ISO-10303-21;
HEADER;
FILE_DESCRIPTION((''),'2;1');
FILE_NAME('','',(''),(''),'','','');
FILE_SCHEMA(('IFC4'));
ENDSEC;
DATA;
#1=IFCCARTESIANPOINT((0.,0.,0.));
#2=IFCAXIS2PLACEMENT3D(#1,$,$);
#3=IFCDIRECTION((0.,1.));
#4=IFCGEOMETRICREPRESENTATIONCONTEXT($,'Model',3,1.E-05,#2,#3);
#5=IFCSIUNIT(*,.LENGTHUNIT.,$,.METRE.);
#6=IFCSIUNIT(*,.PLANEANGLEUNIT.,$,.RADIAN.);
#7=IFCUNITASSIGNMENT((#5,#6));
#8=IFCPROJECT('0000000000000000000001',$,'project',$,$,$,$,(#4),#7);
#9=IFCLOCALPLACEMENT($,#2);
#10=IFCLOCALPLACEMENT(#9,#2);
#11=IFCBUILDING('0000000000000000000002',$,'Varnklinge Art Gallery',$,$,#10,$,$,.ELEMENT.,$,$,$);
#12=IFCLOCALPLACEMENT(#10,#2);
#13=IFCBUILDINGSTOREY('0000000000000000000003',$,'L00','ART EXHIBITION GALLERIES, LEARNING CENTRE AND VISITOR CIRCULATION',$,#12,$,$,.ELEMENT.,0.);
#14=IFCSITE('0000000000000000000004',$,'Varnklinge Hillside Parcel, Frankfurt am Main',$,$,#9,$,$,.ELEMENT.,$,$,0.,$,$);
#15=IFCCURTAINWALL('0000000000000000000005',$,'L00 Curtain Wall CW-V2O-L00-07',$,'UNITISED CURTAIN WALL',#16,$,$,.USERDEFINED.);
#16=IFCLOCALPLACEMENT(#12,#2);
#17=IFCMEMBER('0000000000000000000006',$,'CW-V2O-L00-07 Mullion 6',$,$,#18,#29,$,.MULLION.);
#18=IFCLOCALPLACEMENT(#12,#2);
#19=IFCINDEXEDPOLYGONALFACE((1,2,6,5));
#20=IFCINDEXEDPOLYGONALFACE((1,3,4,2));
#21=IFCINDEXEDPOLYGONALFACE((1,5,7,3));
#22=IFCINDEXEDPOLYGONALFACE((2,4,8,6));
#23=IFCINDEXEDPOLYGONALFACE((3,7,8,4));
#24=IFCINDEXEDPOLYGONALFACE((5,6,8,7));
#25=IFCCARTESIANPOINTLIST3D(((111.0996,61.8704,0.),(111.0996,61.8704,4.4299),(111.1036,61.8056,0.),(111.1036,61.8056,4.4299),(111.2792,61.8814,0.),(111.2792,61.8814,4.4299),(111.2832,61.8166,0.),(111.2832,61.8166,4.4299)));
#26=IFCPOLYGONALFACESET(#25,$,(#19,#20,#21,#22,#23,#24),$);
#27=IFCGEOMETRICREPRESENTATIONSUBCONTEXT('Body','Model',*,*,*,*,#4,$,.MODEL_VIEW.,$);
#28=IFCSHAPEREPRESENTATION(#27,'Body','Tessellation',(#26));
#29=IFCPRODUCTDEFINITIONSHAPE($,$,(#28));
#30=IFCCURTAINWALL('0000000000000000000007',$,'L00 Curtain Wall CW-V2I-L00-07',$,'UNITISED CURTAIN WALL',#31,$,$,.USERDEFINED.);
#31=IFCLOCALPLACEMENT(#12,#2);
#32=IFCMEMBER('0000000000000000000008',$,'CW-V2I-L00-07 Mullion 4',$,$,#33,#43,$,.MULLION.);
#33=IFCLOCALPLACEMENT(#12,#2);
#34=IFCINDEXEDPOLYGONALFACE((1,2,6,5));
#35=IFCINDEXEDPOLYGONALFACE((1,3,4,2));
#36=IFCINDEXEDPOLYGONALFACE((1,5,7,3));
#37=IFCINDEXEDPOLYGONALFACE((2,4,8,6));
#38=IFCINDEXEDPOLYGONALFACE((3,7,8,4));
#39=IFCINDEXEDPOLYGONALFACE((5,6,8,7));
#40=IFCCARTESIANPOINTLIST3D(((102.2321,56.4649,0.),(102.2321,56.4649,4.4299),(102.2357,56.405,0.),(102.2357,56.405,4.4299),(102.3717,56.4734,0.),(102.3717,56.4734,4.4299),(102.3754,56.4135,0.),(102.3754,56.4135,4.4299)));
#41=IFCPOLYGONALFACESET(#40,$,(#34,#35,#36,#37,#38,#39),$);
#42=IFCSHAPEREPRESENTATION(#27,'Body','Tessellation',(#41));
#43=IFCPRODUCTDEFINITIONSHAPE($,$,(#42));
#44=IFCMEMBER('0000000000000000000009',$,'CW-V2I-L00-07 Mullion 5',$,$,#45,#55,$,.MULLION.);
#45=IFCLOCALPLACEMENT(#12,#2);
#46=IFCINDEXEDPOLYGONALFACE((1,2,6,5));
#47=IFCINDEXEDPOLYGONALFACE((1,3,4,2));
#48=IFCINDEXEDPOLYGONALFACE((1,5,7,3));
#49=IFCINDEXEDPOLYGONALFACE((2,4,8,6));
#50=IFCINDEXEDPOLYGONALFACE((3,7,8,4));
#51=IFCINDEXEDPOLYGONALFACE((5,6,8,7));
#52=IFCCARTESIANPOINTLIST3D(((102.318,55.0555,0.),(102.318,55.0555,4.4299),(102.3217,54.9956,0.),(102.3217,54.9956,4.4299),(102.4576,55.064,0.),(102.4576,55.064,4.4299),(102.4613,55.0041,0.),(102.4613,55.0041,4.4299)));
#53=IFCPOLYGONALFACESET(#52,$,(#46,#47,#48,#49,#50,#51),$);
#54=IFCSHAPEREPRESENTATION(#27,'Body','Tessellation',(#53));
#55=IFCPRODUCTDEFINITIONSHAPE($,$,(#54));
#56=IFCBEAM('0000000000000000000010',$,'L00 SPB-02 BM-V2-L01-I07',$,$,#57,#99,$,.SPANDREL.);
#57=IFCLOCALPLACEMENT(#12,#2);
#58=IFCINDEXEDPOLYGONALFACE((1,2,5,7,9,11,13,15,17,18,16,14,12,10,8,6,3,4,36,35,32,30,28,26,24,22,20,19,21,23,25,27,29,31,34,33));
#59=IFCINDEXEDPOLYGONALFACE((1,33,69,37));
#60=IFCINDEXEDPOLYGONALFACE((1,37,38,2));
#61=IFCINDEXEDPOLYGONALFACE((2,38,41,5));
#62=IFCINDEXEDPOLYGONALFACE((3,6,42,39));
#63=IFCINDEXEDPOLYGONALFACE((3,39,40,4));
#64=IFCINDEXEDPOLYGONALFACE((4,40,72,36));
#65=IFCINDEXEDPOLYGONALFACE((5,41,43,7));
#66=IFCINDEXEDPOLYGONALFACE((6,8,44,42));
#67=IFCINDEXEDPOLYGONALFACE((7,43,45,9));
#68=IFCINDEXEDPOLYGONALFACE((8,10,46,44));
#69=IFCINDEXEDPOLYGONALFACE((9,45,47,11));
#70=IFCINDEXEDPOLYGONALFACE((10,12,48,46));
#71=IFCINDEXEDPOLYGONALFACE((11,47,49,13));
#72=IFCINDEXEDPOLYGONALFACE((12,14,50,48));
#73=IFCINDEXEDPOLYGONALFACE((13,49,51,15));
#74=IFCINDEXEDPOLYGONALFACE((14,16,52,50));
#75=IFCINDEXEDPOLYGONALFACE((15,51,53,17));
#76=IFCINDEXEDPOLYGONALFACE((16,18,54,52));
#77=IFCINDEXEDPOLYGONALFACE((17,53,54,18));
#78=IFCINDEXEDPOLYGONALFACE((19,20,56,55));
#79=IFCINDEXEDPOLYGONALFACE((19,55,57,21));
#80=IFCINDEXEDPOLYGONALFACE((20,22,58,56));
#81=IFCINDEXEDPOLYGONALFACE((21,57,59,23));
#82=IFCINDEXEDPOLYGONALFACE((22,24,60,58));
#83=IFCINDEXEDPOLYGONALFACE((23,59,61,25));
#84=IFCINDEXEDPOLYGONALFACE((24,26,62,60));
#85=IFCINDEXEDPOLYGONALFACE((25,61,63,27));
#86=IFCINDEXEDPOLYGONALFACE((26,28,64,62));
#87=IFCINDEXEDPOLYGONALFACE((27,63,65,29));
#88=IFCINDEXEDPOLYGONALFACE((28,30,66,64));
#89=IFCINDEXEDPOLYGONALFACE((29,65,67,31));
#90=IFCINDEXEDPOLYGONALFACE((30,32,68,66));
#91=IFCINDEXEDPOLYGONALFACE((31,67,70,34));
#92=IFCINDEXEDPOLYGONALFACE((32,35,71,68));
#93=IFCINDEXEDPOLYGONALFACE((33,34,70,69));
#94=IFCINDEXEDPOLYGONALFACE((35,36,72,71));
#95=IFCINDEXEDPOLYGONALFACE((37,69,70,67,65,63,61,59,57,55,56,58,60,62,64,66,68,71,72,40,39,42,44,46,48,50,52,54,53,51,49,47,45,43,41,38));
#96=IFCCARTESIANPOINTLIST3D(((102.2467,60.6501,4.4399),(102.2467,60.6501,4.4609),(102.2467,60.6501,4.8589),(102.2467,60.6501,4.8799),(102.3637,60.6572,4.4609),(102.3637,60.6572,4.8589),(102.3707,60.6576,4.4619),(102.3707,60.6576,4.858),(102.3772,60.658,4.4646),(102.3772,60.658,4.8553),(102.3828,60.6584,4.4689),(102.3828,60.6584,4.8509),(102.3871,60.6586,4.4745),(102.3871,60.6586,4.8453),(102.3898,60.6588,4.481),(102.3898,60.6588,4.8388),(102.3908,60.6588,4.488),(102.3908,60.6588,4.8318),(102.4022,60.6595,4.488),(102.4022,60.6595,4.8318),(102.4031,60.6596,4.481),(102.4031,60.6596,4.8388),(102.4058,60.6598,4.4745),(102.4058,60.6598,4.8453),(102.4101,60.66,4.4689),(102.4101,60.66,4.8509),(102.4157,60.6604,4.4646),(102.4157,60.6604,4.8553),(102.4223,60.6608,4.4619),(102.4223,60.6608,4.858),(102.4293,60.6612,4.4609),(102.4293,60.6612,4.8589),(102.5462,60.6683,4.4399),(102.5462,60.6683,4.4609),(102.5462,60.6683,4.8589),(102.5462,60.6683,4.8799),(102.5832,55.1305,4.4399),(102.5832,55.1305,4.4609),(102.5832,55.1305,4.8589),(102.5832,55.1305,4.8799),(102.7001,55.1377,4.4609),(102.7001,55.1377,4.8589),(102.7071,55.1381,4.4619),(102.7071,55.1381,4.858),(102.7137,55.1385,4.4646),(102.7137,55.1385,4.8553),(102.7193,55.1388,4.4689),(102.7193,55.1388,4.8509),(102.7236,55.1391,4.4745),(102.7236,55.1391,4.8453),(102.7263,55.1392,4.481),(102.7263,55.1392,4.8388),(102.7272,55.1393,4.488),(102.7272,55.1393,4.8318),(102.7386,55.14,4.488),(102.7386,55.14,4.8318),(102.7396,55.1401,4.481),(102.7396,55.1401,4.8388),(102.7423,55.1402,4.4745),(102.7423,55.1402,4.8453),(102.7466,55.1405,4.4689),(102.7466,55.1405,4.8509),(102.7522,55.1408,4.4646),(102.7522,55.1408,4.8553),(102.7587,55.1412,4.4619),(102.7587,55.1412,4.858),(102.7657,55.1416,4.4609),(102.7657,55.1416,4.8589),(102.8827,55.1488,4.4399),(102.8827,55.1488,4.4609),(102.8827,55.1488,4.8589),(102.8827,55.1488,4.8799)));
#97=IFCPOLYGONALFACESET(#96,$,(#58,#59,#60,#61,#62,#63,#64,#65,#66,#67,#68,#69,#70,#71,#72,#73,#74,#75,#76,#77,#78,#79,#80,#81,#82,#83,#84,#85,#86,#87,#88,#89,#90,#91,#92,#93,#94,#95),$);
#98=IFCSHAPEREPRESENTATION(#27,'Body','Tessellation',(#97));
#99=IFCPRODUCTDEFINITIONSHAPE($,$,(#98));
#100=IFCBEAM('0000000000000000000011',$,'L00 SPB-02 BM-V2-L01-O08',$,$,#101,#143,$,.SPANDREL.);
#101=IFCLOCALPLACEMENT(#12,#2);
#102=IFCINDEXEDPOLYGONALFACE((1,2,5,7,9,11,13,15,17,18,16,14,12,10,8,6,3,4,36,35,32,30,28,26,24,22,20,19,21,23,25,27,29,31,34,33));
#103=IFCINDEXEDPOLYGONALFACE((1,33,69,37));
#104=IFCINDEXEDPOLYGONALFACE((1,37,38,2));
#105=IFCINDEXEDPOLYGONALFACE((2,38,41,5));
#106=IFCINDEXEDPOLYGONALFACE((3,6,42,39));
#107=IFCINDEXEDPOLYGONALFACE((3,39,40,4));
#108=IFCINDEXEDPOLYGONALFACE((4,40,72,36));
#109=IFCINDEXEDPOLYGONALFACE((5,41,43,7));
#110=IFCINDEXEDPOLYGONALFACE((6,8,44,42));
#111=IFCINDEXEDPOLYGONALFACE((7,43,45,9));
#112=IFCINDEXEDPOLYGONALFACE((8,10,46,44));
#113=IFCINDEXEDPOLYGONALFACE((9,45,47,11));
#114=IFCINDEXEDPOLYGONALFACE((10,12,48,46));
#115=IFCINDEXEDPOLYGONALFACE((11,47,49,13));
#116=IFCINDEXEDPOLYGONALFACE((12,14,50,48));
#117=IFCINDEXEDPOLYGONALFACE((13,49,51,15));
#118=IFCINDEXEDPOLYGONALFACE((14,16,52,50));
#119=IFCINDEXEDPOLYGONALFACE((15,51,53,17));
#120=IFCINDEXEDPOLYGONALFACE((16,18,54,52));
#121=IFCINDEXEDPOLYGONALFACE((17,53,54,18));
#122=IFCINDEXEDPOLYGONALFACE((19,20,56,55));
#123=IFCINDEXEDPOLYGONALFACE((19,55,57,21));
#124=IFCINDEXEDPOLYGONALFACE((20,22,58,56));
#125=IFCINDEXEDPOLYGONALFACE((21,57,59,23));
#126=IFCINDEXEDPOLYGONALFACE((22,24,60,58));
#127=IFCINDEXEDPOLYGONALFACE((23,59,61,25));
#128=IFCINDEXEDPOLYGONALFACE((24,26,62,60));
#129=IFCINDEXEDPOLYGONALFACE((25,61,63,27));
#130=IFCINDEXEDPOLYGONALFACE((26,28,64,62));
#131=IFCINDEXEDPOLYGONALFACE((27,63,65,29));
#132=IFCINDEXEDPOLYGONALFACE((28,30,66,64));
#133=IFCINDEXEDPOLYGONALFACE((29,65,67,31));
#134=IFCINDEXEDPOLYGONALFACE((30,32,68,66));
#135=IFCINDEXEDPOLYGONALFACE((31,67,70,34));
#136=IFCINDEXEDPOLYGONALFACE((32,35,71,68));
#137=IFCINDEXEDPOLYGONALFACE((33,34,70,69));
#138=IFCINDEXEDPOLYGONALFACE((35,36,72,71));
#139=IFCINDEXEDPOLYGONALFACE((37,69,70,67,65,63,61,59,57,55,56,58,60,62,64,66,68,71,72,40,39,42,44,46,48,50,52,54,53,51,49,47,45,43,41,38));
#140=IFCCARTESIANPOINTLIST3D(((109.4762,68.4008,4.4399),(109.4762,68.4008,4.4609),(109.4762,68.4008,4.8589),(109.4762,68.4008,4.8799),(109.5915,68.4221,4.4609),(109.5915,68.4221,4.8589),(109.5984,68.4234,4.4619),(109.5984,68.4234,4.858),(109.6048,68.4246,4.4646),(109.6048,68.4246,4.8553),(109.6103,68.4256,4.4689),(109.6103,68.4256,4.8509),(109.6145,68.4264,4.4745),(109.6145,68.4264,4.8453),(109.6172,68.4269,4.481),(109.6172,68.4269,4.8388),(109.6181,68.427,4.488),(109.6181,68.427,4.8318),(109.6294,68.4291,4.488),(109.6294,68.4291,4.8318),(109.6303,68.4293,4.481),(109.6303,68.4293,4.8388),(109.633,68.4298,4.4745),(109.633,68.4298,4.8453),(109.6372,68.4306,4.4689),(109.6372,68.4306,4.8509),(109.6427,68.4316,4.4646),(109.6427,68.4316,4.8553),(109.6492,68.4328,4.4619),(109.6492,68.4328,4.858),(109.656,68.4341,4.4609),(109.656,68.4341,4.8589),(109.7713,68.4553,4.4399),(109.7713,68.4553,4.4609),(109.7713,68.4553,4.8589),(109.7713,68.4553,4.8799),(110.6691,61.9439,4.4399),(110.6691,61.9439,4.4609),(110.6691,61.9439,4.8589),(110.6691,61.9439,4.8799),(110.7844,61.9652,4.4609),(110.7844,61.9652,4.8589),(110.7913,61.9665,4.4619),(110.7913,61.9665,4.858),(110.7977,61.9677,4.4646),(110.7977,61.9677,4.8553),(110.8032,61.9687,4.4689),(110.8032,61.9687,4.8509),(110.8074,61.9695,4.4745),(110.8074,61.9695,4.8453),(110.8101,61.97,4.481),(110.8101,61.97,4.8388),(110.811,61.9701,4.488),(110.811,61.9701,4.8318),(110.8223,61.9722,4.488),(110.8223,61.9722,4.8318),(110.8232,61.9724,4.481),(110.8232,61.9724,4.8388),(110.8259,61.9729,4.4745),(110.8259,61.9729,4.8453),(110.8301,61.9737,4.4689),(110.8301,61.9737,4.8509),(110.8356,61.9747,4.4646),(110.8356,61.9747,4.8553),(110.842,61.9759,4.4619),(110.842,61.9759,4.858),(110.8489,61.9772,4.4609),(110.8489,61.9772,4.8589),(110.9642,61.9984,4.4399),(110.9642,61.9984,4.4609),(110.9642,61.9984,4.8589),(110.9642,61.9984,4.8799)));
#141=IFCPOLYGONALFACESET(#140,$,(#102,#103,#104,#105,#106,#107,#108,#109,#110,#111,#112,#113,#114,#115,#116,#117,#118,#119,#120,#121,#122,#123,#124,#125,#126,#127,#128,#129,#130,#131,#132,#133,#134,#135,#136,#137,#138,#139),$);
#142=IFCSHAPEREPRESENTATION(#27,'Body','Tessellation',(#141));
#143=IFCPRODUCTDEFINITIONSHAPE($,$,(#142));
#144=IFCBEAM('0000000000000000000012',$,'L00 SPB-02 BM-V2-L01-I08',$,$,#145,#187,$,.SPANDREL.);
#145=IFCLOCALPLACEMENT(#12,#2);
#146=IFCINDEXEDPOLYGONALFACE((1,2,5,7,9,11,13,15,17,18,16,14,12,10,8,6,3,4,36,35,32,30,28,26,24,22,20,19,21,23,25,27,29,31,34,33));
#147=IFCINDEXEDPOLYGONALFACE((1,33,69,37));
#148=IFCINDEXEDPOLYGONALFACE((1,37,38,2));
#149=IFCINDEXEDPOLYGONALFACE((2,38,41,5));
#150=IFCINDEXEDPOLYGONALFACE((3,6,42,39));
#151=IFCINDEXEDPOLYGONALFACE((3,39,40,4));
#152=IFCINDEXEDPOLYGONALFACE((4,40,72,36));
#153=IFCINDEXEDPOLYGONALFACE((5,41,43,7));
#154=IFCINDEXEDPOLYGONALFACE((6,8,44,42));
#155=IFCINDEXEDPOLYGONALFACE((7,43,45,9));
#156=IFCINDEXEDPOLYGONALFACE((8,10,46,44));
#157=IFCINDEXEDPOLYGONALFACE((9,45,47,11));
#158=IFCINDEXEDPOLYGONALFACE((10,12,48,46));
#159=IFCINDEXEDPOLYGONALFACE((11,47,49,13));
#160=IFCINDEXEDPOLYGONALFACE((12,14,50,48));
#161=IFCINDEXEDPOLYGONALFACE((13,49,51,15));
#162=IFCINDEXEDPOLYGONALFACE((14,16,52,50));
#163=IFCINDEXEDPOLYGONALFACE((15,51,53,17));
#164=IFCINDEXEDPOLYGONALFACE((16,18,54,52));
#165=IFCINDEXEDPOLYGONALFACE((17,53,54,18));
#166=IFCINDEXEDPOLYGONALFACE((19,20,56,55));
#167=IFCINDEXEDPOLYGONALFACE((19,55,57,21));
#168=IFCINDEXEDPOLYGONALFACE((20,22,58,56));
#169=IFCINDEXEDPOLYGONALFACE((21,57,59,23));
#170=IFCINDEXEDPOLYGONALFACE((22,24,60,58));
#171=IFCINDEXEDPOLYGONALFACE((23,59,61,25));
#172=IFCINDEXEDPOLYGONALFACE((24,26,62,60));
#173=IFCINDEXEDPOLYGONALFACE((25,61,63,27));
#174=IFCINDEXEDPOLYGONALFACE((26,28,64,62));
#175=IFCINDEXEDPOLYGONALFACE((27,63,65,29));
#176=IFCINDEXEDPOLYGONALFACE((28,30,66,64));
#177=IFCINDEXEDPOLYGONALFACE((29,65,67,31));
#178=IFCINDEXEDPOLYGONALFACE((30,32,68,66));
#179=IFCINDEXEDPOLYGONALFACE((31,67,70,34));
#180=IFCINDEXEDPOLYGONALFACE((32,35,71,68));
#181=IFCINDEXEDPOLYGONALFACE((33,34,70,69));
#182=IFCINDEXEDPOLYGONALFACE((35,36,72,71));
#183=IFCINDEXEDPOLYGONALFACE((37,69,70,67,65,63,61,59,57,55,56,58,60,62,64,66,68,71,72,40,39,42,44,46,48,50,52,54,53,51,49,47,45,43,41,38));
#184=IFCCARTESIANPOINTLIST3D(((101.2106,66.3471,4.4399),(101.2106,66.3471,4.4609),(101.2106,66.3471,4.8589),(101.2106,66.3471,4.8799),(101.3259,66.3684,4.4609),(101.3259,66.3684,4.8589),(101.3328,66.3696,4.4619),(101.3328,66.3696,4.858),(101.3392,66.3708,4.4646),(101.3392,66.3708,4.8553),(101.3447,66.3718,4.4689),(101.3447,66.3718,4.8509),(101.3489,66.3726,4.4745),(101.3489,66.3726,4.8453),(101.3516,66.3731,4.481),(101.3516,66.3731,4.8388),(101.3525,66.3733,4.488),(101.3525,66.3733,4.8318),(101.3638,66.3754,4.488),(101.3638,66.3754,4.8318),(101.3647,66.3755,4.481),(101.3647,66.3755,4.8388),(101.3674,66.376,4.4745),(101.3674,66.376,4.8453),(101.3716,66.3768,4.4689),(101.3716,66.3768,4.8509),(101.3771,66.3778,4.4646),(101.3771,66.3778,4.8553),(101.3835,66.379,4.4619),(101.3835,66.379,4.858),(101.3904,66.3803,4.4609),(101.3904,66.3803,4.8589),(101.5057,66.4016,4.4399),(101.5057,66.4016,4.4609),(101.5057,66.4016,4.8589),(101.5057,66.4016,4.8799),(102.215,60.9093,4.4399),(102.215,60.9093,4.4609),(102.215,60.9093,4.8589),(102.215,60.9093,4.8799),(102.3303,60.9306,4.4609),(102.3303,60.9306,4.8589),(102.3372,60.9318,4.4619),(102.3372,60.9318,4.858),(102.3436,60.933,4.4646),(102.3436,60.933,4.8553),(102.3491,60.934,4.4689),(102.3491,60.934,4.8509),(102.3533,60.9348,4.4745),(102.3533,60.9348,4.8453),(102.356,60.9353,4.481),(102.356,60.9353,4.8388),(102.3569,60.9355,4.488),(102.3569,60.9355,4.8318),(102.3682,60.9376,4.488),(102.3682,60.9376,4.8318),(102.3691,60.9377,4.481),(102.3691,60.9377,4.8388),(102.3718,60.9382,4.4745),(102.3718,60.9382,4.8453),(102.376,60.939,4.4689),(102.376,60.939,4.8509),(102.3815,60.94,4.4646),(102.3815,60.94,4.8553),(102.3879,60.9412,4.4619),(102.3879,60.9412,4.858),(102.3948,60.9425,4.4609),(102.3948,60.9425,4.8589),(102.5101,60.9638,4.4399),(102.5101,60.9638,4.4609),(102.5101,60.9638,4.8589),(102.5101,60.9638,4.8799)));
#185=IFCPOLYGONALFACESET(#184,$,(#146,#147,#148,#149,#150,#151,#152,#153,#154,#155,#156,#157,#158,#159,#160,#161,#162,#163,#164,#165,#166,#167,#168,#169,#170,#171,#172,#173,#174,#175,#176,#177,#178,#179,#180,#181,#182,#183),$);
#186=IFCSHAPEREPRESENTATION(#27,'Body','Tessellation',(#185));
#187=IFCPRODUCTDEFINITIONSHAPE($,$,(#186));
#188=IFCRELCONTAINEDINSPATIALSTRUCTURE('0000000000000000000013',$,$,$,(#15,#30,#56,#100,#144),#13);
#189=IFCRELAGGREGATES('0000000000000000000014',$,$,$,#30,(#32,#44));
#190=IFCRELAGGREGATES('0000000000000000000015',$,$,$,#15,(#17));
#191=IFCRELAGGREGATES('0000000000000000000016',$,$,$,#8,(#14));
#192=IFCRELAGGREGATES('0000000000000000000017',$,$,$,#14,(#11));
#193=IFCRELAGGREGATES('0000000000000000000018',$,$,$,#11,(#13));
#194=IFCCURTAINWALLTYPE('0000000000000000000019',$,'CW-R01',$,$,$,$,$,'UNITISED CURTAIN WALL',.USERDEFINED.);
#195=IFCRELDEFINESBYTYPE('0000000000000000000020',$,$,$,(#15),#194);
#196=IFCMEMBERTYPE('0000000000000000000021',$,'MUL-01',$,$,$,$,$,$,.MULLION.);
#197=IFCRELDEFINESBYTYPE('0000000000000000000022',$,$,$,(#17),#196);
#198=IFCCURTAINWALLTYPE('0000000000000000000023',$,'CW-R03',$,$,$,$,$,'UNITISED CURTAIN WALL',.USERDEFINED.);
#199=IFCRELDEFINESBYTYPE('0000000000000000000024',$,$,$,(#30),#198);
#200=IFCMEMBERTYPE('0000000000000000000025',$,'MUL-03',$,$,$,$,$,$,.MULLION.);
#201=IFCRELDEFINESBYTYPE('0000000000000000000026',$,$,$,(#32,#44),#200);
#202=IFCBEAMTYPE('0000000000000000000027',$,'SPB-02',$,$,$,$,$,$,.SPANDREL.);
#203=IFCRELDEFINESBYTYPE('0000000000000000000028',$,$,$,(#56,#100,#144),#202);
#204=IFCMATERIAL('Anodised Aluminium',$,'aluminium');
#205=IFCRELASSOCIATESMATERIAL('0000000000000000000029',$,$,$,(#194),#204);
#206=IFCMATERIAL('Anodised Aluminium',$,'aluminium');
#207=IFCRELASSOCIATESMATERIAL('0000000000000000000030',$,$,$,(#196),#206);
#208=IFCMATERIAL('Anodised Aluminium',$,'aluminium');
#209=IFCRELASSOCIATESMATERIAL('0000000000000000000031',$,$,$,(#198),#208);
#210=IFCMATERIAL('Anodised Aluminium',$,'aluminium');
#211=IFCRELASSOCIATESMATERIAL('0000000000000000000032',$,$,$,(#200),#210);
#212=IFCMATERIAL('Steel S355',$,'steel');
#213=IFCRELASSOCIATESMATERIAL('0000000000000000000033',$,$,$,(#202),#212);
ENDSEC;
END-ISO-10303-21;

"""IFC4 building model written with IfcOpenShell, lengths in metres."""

from ifc_helpers import new_model, si_unit, direction, frame, origin, origin_2d, place, context, subcontext, project, spatial, rectangle, i_section, extrude, material, material_profile, profile_set, type_object, element, aggregate, save


model = new_model("IFC4")

# Units and contexts
model_context = context("Model", 3, precision=1e-05, world=origin(), true_north=direction((0.0, 1.0)))
body_context = subcontext(model_context, "Body", "Model", "MODEL_VIEW")
ifc_project = project(units=[si_unit("LENGTHUNIT", "METRE"), si_unit("PLANEANGLEUNIT", "RADIAN")], contexts=[model_context])

# Site, building, storey
site_placement = place(None, origin())
site = spatial("IfcSite", under=ifc_project, at=site_placement, Name="Varnklinge Hillside Parcel, Frankfurt am Main", CompositionType="ELEMENT", RefElevation=0.0)
building_placement = place(site_placement, origin())
building = spatial("IfcBuilding", under=site, at=building_placement, Name="Varnklinge Art Gallery", CompositionType="ELEMENT")
storey_placement = place(building_placement, origin())
storey = spatial("IfcBuildingStorey", under=building, at=storey_placement, Name="L00", Description="ART EXHIBITION GALLERIES, LEARNING CENTRE AND VISITOR CIRCULATION", CompositionType="ELEMENT", Elevation=0.0)

# Curtain wall, member
ifc_material_1 = material(Name="Anodised Aluminium", Category="aluminium")
curtain_wall_type_1 = type_object("IfcCurtainWallType", Name="CW-R01", ElementType="UNITISED CURTAIN WALL", PredefinedType="USERDEFINED", material=ifc_material_1)
curtain_wall_1_placement = place(storey_placement, origin())
curtain_wall_1 = element("IfcCurtainWall", 1, at=curtain_wall_1_placement, inside=storey, type_object=curtain_wall_type_1, Name="L00 Curtain Wall CW-V2O-L00-07", ObjectType="UNITISED CURTAIN WALL", PredefinedType="USERDEFINED")
ifc_material_2 = material(Name="Anodised Aluminium", Category="aluminium")
ifc_material_profile_1 = material_profile(ifc_material_2, rectangle(XDim=0.0649, YDim=0.1799, at=origin_2d()), Name="ALU 65x180")
ifc_profile_set_1 = profile_set([ifc_material_profile_1], Name="Anodised Aluminium")
member_type_1 = type_object("IfcMemberType", Name="MUL-01", PredefinedType="MULLION", material=ifc_profile_set_1)
member_1_placement = place(storey_placement, frame((111.1914, 61.8435, 0.0), z_axis=(0.0, 0.0, 1.0), x_axis=(-0.060874, 0.998145, 0.0)))
member_1 = element("IfcMember", 2, at=member_1_placement, type_object=member_type_1, Name="CW-V2O-L00-07 Mullion 6", PredefinedType="MULLION", context=body_context, shape_type="SweptSolid", body=[
    extrude(rectangle(XDim=0.0649, YDim=0.1799, at=origin_2d()), origin(), (0.0, 0.0, 1.0), 4.4299),
])

# Curtain wall, members
ifc_material_3 = material(Name="Anodised Aluminium", Category="aluminium")
curtain_wall_type_2 = type_object("IfcCurtainWallType", Name="CW-R03", ElementType="UNITISED CURTAIN WALL", PredefinedType="USERDEFINED", material=ifc_material_3)
curtain_wall_2_placement = place(storey_placement, origin())
curtain_wall_2 = element("IfcCurtainWall", 3, at=curtain_wall_2_placement, inside=storey, type_object=curtain_wall_type_2, Name="L00 Curtain Wall CW-V2I-L00-07", ObjectType="UNITISED CURTAIN WALL", PredefinedType="USERDEFINED")
ifc_material_4 = material(Name="Anodised Aluminium", Category="aluminium")
ifc_material_profile_2 = material_profile(ifc_material_4, rectangle(XDim=0.0601, YDim=0.1399, at=origin_2d()), Name="ALU 60x140")
ifc_profile_set_2 = profile_set([ifc_material_profile_2], Name="Anodised Aluminium")
member_type_2 = type_object("IfcMemberType", Name="MUL-03", PredefinedType="MULLION", material=ifc_profile_set_2)
member_2_placement = place(storey_placement, frame((102.3037, 56.4392, 0.0), z_axis=(0.0, 0.0, 1.0), x_axis=(0.060874, -0.998145, 0.0)))
member_2 = element("IfcMember", 4, at=member_2_placement, type_object=member_type_2, Name="CW-V2I-L00-07 Mullion 4", PredefinedType="MULLION", context=body_context, shape_type="SweptSolid", body=[
    extrude(rectangle(XDim=0.0601, YDim=0.1399, at=origin_2d()), origin(), (0.0, 0.0, 1.0), 4.4299),
])
member_3_placement = place(storey_placement, frame((102.3896, 55.0298, 0.0), z_axis=(0.0, 0.0, 1.0), x_axis=(0.060874, -0.998145, 0.0)))
member_3 = element("IfcMember", 5, at=member_3_placement, type_object=member_type_2, Name="CW-V2I-L00-07 Mullion 5", PredefinedType="MULLION", context=body_context, shape_type="SweptSolid", body=[
    extrude(rectangle(XDim=0.0601, YDim=0.1399, at=origin_2d()), origin(), (0.0, 0.0, 1.0), 4.4299),
])

# Beams
ifc_material_5 = material(Name="Steel S355", Category="steel")
ifc_material_profile_3 = material_profile(ifc_material_5, i_section(OverallWidth=0.3, OverallDepth=0.4399, WebThickness=0.0115, FlangeThickness=0.021, FilletRadius=0.0271, at=origin_2d()), Name="HEA 450")
ifc_profile_set_3 = profile_set([ifc_material_profile_3], Name="Steel S355")
beam_type_1 = type_object("IfcBeamType", Name="SPB-02", PredefinedType="SPANDREL", material=ifc_profile_set_3)
beam_1_placement = place(storey_placement, frame((102.7329, 55.1396, 4.6599), z_axis=(-0.060839, 0.998148, 0.0), x_axis=(-0.998148, -0.060839, 0.0)))
element("IfcBeam", 6, at=beam_1_placement, inside=storey, type_object=beam_type_1, Name="L00 SPB-02 BM-V2-L01-I07", PredefinedType="SPANDREL", context=body_context, shape_type="SweptSolid", body=[
    extrude(i_section(OverallWidth=0.3, OverallDepth=0.4399, WebThickness=0.0115, FlangeThickness=0.021, FilletRadius=0.0271, at=origin_2d()), origin(), (0.0, 0.0, 1.0), 5.5298),
])
beam_2_placement = place(storey_placement, frame((110.8167, 61.9712, 4.6599), z_axis=(-0.181672, 0.983359, 0.0), x_axis=(-0.983359, -0.181672, 0.0)))
element("IfcBeam", 7, at=beam_2_placement, inside=storey, type_object=beam_type_1, Name="L00 SPB-02 BM-V2-L01-O08", PredefinedType="SPANDREL", context=body_context, shape_type="SweptSolid", body=[
    extrude(i_section(OverallWidth=0.3, OverallDepth=0.4399, WebThickness=0.0115, FlangeThickness=0.021, FilletRadius=0.0271, at=origin_2d()), origin(), (0.0, 0.0, 1.0), 6.5662),
])
beam_3_placement = place(storey_placement, frame((102.3625, 60.9365, 4.6599), z_axis=(-0.181635, 0.983366, 0.0), x_axis=(-0.983366, -0.181635, 0.0)))
element("IfcBeam", 8, at=beam_3_placement, inside=storey, type_object=beam_type_1, Name="L00 SPB-02 BM-V2-L01-I08", PredefinedType="SPANDREL", context=body_context, shape_type="SweptSolid", body=[
    extrude(i_section(OverallWidth=0.3, OverallDepth=0.4399, WebThickness=0.0115, FlangeThickness=0.021, FilletRadius=0.0271, at=origin_2d()), origin(), (0.0, 0.0, 1.0), 5.5298),
])

aggregate(curtain_wall_2, [member_2, member_3])
aggregate(curtain_wall_1, [member_1])

save(model, "model.ifc")
